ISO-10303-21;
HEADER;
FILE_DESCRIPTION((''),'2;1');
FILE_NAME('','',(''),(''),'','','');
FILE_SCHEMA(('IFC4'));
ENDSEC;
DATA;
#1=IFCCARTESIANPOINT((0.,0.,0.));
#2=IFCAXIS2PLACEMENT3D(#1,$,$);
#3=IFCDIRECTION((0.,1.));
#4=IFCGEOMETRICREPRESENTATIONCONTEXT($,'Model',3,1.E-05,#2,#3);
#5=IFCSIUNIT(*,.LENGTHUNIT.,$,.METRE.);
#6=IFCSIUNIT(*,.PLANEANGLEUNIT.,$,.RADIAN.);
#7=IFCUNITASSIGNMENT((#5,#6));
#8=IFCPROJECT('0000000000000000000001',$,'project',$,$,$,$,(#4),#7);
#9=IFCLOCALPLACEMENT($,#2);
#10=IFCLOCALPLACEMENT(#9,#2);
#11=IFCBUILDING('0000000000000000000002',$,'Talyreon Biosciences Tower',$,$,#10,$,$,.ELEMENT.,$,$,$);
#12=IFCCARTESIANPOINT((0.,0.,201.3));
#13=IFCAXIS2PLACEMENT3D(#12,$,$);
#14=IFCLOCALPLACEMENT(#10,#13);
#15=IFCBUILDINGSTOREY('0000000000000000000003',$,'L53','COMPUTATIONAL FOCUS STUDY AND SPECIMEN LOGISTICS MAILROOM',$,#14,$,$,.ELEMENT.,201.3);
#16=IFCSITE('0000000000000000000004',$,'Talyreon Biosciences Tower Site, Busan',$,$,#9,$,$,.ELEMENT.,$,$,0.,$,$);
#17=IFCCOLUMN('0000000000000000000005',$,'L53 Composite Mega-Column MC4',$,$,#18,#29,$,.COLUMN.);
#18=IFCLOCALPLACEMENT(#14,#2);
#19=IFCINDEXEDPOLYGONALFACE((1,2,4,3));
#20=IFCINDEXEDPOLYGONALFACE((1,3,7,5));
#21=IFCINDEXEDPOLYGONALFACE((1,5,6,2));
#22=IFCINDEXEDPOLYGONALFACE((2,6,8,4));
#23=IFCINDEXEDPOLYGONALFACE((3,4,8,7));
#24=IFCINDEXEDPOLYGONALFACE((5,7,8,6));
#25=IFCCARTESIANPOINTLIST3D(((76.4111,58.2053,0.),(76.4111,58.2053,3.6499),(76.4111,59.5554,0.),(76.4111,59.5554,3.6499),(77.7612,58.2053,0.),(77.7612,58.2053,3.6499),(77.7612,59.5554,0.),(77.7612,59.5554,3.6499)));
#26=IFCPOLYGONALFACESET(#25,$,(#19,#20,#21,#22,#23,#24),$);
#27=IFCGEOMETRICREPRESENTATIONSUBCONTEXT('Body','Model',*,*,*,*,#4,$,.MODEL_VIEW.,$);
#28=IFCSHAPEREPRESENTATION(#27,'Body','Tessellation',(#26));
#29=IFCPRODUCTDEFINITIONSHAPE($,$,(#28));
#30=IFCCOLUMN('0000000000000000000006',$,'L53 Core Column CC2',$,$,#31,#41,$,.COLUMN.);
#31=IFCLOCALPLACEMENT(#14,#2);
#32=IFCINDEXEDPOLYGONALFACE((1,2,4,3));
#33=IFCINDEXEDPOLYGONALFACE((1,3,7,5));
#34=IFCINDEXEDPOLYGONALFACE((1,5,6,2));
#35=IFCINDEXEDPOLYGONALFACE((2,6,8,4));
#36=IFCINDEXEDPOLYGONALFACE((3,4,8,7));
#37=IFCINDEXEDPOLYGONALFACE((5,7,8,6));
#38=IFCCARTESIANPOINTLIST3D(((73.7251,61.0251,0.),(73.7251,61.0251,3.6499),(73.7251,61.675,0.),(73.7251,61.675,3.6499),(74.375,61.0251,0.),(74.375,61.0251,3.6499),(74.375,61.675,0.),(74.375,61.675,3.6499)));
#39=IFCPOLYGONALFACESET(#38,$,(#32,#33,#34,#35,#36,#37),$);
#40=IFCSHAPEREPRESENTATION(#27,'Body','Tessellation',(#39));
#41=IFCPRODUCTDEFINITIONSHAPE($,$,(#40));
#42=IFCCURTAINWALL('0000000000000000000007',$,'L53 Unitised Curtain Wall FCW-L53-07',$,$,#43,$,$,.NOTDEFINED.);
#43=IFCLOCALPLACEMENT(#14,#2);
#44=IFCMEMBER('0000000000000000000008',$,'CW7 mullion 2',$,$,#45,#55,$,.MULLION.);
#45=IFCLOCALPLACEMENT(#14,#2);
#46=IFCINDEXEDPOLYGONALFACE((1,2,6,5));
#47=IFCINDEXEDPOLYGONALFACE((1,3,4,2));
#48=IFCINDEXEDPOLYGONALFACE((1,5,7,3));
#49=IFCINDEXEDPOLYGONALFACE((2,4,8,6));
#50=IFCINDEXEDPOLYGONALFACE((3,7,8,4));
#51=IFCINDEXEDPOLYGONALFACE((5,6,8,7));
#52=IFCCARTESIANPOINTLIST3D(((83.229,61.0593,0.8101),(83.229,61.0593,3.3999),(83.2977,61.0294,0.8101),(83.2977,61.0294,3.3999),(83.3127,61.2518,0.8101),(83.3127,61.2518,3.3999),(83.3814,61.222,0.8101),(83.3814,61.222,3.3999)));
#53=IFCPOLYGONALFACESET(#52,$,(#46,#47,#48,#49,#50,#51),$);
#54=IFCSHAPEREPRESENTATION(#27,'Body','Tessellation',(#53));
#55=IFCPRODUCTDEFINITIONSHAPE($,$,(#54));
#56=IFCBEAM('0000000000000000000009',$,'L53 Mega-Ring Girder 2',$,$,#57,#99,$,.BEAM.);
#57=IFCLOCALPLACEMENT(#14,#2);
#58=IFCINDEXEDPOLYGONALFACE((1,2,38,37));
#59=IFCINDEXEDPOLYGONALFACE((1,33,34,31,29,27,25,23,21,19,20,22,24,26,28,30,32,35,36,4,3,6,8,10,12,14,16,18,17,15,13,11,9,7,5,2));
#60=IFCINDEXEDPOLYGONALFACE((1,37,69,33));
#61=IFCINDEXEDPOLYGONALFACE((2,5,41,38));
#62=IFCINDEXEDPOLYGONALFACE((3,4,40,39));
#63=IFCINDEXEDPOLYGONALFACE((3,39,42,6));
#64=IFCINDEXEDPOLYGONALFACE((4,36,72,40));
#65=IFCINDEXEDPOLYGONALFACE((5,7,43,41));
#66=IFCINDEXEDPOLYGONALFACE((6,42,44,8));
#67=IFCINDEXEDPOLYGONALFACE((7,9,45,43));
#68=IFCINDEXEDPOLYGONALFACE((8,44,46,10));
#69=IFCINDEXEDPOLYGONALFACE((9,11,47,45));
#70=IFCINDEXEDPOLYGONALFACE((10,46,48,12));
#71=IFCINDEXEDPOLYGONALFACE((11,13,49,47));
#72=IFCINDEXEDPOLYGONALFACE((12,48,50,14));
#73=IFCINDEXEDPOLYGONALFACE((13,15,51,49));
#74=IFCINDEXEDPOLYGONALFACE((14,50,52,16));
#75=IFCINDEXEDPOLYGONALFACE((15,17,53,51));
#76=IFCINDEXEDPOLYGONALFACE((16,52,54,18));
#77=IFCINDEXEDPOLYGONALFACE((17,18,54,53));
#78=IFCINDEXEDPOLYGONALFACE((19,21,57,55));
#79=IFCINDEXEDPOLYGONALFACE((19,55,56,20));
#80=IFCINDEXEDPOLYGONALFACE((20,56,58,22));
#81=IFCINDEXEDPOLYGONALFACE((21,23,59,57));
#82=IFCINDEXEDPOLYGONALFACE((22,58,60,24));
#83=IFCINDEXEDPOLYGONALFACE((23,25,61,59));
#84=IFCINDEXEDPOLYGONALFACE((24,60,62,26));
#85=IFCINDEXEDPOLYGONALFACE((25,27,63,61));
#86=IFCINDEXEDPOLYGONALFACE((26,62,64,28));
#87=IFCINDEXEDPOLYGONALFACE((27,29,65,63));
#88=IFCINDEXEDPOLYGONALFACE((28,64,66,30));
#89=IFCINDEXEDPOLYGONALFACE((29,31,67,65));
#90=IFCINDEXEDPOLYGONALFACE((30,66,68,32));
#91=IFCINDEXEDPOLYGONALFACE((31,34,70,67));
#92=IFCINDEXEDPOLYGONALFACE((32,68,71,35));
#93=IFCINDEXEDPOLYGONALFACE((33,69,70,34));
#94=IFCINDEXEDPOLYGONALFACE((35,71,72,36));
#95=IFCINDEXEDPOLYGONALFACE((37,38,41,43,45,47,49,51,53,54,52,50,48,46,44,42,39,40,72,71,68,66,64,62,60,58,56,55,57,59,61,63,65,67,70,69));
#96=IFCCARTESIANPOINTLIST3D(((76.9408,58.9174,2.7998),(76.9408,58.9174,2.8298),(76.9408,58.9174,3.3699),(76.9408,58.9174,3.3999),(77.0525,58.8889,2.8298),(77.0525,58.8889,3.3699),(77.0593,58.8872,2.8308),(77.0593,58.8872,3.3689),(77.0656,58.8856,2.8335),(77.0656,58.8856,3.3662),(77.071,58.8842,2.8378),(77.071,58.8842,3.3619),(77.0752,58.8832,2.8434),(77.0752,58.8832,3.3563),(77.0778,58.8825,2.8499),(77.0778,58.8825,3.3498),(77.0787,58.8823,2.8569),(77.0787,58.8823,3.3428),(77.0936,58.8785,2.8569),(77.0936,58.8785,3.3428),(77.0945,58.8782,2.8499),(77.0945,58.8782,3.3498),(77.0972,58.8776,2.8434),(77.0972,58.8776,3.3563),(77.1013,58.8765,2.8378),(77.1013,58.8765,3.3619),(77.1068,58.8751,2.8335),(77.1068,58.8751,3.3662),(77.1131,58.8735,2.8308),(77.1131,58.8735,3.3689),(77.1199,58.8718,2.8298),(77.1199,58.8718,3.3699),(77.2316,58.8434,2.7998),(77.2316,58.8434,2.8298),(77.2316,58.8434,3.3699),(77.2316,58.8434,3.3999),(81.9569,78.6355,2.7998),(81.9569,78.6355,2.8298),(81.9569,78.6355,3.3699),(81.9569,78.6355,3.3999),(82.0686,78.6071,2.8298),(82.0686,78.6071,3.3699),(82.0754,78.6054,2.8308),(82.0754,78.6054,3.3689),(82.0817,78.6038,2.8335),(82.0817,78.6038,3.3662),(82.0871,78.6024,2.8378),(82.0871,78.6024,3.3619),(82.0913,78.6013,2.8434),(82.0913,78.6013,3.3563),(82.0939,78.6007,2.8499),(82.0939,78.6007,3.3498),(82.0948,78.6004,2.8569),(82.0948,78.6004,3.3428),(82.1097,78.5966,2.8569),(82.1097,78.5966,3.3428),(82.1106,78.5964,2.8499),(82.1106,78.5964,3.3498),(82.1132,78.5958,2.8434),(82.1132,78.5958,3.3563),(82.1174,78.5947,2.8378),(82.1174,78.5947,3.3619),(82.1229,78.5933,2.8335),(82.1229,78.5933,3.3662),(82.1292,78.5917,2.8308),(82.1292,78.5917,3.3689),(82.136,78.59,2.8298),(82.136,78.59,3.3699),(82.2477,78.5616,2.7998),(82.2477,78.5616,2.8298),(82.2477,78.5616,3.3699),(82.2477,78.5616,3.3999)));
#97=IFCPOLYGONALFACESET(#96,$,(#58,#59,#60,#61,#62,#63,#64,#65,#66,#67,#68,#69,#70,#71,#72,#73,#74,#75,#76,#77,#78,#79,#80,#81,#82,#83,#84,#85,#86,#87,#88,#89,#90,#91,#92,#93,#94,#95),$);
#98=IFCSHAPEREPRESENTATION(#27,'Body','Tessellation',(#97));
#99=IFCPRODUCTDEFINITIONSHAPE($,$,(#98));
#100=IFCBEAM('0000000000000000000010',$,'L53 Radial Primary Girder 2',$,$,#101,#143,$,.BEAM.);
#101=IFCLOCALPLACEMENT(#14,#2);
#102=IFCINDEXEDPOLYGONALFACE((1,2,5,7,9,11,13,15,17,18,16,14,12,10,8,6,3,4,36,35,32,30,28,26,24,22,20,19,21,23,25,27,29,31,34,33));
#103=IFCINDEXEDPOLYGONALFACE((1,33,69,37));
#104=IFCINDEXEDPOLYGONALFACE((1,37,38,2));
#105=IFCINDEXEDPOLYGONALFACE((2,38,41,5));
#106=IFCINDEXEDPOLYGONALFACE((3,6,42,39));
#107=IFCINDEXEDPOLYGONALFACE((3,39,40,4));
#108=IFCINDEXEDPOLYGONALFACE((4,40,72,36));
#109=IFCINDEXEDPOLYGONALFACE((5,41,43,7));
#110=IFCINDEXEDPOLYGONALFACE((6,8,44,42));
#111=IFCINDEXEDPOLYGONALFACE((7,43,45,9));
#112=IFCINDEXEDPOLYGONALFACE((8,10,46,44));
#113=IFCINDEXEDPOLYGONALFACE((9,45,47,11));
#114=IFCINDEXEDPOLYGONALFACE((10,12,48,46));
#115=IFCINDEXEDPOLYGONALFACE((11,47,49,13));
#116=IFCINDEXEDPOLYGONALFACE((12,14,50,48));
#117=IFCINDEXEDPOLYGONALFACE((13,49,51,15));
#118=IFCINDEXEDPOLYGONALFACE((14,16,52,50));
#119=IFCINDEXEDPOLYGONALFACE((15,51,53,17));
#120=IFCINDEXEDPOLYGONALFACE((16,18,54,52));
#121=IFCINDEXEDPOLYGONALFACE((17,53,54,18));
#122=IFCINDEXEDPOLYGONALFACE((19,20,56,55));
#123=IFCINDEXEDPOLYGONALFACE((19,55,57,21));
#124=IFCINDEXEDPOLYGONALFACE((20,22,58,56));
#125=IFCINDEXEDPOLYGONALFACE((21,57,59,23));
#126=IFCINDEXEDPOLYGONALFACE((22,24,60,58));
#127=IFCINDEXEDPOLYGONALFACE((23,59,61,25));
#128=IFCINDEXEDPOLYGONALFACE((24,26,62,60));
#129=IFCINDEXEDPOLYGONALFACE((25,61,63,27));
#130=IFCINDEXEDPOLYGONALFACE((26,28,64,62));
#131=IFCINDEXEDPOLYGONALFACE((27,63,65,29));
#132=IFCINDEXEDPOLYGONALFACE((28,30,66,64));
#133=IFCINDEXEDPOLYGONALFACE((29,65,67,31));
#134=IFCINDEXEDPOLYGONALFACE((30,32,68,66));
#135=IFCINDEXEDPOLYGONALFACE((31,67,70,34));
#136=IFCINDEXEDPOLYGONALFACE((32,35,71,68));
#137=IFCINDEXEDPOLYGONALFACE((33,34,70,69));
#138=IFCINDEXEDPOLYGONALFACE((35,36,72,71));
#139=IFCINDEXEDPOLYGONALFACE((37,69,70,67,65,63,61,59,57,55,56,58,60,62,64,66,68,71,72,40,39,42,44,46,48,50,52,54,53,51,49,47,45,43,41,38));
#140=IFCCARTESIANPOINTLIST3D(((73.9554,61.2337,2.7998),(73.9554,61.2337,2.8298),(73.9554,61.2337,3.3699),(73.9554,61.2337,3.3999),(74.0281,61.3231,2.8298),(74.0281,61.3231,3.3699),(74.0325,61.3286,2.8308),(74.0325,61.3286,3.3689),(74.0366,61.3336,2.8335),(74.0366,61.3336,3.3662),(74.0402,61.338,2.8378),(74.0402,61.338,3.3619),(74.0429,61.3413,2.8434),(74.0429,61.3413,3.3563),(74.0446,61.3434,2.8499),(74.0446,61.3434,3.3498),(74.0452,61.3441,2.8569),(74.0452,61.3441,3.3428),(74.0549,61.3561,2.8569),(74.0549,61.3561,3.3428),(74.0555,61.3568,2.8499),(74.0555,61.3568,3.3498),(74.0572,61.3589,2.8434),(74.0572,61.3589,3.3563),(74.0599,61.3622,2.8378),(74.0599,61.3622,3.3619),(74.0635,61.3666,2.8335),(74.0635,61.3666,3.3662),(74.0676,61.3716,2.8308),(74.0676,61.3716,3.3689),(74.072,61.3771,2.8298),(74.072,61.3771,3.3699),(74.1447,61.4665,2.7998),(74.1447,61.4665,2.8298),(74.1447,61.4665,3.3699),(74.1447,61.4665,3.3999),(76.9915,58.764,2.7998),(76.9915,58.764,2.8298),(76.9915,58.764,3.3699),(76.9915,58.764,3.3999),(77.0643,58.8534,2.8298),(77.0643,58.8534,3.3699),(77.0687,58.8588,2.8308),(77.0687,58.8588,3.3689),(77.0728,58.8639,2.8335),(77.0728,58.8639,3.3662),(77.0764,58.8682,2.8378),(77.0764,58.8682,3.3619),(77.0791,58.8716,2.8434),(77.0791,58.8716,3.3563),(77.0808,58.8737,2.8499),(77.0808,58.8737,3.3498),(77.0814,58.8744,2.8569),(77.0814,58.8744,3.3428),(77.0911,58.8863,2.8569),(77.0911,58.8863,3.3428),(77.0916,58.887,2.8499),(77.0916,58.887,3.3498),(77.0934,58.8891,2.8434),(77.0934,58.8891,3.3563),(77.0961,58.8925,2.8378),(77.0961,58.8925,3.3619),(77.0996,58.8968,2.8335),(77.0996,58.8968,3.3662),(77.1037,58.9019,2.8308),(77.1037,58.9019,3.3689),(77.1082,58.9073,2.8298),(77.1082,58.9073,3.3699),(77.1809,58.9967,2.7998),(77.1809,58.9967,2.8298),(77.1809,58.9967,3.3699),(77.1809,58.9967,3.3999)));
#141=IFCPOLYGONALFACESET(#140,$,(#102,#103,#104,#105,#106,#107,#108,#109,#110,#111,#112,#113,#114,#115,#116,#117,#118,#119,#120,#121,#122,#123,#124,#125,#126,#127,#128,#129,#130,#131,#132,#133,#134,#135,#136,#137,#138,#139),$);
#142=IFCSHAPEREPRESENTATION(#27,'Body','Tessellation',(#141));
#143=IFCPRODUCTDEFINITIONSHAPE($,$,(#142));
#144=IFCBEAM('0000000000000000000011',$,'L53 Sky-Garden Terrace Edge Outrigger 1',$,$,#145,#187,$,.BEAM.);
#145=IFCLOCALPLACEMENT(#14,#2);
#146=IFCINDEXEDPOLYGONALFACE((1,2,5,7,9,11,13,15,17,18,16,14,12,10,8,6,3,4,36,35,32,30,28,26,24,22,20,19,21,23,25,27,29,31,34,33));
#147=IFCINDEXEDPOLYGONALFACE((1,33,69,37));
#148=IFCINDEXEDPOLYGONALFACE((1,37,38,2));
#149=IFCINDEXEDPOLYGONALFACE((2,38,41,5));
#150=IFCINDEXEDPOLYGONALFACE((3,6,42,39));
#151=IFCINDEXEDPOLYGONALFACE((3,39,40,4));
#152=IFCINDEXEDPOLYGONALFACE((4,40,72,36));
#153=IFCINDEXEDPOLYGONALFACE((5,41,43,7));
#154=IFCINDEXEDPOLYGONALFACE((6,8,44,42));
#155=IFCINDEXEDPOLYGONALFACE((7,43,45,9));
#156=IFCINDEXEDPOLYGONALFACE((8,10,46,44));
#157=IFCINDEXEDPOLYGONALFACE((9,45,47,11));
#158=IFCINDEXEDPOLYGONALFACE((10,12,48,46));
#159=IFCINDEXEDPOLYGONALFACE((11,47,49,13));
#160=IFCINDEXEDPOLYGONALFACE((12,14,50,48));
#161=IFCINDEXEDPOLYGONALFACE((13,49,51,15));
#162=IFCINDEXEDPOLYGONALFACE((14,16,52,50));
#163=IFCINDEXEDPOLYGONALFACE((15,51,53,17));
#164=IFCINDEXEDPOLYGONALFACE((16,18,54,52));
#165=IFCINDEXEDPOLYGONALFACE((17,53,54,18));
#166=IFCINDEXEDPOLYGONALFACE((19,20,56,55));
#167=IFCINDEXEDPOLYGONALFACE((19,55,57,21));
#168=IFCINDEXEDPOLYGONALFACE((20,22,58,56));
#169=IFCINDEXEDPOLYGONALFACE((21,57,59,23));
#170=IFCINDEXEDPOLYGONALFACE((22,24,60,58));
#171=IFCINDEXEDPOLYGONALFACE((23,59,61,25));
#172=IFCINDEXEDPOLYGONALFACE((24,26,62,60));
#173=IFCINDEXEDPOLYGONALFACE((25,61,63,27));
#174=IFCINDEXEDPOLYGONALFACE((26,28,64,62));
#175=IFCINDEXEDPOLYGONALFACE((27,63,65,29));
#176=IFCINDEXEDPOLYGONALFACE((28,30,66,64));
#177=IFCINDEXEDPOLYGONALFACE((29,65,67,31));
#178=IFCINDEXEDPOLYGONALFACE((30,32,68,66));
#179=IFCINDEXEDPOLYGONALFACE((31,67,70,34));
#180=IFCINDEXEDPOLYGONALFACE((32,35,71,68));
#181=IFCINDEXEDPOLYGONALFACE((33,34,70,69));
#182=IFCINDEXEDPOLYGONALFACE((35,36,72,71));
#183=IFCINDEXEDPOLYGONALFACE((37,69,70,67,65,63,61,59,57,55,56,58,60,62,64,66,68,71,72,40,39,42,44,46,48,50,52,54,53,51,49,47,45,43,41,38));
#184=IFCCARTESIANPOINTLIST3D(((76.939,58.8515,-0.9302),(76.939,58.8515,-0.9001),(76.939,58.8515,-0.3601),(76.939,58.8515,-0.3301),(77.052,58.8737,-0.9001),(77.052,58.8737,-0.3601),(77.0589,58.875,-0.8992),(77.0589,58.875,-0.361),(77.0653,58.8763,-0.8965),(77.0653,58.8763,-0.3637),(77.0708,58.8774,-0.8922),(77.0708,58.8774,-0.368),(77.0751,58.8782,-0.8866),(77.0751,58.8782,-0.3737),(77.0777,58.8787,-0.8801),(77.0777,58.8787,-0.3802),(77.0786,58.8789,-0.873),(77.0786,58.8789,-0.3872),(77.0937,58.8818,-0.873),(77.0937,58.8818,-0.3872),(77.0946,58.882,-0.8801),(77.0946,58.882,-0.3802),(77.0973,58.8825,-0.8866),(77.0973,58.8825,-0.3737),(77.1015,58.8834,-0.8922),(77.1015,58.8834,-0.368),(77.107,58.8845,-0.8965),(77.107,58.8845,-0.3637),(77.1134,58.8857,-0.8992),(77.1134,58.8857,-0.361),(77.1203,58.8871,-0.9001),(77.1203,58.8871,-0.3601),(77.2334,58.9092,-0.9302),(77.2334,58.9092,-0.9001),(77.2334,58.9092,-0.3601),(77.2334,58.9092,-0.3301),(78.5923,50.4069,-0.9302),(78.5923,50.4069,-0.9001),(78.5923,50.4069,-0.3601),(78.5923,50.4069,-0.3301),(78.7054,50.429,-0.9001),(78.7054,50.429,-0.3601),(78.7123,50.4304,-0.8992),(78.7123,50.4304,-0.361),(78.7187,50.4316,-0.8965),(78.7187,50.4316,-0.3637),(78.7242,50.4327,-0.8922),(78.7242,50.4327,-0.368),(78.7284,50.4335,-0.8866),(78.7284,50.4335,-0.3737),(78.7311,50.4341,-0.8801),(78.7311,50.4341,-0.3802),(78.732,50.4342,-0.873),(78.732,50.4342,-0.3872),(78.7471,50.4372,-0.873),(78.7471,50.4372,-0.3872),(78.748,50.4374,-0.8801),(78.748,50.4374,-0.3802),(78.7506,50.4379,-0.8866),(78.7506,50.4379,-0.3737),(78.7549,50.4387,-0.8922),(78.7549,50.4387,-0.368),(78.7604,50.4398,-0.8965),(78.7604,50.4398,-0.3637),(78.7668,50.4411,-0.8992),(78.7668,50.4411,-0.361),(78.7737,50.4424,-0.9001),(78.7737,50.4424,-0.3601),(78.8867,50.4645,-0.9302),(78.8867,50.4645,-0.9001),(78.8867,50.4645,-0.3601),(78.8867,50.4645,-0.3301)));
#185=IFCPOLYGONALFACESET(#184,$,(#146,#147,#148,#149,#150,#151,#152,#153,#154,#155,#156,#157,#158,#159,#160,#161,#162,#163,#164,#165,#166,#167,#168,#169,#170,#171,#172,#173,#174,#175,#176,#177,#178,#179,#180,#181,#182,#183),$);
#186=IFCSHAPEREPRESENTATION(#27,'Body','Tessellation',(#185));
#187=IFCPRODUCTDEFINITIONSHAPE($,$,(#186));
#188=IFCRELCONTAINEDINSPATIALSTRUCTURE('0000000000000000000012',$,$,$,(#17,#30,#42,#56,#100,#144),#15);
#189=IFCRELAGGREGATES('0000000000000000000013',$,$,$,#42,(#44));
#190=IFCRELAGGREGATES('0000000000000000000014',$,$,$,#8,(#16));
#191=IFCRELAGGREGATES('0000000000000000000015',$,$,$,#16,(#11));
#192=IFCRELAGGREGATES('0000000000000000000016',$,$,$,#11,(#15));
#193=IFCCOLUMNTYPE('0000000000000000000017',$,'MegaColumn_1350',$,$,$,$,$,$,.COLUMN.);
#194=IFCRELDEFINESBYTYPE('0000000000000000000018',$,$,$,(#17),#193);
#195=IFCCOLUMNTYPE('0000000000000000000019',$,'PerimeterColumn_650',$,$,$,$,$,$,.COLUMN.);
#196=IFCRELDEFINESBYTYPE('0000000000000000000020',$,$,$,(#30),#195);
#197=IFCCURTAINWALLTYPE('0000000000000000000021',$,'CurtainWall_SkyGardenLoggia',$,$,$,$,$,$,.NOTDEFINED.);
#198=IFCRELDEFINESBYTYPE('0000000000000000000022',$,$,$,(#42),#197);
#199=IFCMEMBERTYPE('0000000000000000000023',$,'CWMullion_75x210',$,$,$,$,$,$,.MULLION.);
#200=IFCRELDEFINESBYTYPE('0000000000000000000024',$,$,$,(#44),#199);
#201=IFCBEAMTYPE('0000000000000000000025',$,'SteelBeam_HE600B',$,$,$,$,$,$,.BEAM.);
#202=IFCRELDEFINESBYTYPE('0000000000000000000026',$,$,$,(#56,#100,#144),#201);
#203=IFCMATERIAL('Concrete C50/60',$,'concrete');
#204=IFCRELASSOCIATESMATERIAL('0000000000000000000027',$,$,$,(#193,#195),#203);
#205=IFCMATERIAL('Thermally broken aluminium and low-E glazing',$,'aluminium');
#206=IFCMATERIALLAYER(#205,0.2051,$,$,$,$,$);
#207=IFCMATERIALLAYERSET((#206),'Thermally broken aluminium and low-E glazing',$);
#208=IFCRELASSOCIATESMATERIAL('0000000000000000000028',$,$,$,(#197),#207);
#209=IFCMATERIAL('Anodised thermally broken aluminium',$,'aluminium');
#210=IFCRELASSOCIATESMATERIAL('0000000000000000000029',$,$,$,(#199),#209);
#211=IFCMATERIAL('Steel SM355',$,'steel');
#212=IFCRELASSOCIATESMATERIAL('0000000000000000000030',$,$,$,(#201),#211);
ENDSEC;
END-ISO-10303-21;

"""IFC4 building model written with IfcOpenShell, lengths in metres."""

from ifc_helpers import new_model, si_unit, direction, frame, origin, origin_2d, place, context, subcontext, project, spatial, rectangle, i_section, extrude, material, layer, layer_set, material_profile, profile_set, type_object, element, aggregate, save


model = new_model("IFC4")

# Units and contexts
model_context = context("Model", 3, precision=1e-05, world=origin(), true_north=direction((0.0, 1.0)))
body_context = subcontext(model_context, "Body", "Model", "MODEL_VIEW")
ifc_project = project(units=[si_unit("LENGTHUNIT", "METRE"), si_unit("PLANEANGLEUNIT", "RADIAN")], contexts=[model_context])

# Site, building, storey
site_placement = place(None, origin())
site = spatial("IfcSite", under=ifc_project, at=site_placement, Name="Talyreon Biosciences Tower Site, Busan", CompositionType="ELEMENT", RefElevation=0.0)
building_placement = place(site_placement, origin())
building = spatial("IfcBuilding", under=site, at=building_placement, Name="Talyreon Biosciences Tower", CompositionType="ELEMENT")
storey_placement = place(building_placement, frame((0.0, 0.0, 201.3)))
storey = spatial("IfcBuildingStorey", under=building, at=storey_placement, Name="L53", Description="COMPUTATIONAL FOCUS STUDY AND SPECIMEN LOGISTICS MAILROOM", CompositionType="ELEMENT", Elevation=201.3)

# Columns
ifc_material_1 = material(Name="Concrete C50/60", Category="concrete")
ifc_material_profile_1 = material_profile(ifc_material_1, rectangle(XDim=1.3501, YDim=1.3501, at=origin_2d()), Name="RC 1350x1350")
ifc_profile_set_1 = profile_set([ifc_material_profile_1], Name="Concrete C50/60")
column_type_1 = type_object("IfcColumnType", Name="MegaColumn_1350", PredefinedType="COLUMN", material=ifc_profile_set_1)
column_1_placement = place(storey_placement, frame((77.0862, 58.8804, 0.0), z_axis=(0.0, 0.0, 1.0), x_axis=(1.0, 0.0, 0.0)))
element("IfcColumn", 1, at=column_1_placement, inside=storey, type_object=column_type_1, Name="L53 Composite Mega-Column MC4", PredefinedType="COLUMN", context=body_context, shape_type="SweptSolid", body=[
    extrude(rectangle(XDim=1.3501, YDim=1.3501, at=origin_2d()), origin(), (0.0, 0.0, 1.0), 3.6499),
])
ifc_material_profile_2 = material_profile(ifc_material_1, rectangle(XDim=0.6499, YDim=0.6499, at=origin_2d()), Name="RC 650x650")
ifc_profile_set_2 = profile_set([ifc_material_profile_2], Name="Concrete C50/60")
column_type_2 = type_object("IfcColumnType", Name="PerimeterColumn_650", PredefinedType="COLUMN", material=ifc_profile_set_2)
column_2_placement = place(storey_placement, frame((74.05, 61.3501, 0.0), z_axis=(0.0, 0.0, 1.0), x_axis=(1.0, 0.0, 0.0)))
element("IfcColumn", 2, at=column_2_placement, inside=storey, type_object=column_type_2, Name="L53 Core Column CC2", PredefinedType="COLUMN", context=body_context, shape_type="SweptSolid", body=[
    extrude(rectangle(XDim=0.6499, YDim=0.6499, at=origin_2d()), origin(), (0.0, 0.0, 1.0), 3.6499),
])

# Curtain wall, member
ifc_material_2 = material(Name="Thermally broken aluminium and low-E glazing", Category="aluminium")
ifc_layer_1 = layer(ifc_material_2, 0.2051)
ifc_layer_set_1 = layer_set([ifc_layer_1], Name="Thermally broken aluminium and low-E glazing")
curtain_wall_type = type_object("IfcCurtainWallType", Name="CurtainWall_SkyGardenLoggia", PredefinedType="NOTDEFINED", material=ifc_layer_set_1)
curtain_wall_placement = place(storey_placement, origin())
curtain_wall = element("IfcCurtainWall", 3, at=curtain_wall_placement, inside=storey, type_object=curtain_wall_type, Name="L53 Unitised Curtain Wall FCW-L53-07", PredefinedType="NOTDEFINED")
ifc_material_3 = material(Name="Anodised thermally broken aluminium", Category="aluminium")
ifc_material_profile_3 = material_profile(ifc_material_3, rectangle(XDim=0.075, YDim=0.21, at=origin_2d()), Name="ALUM MULLION 75x210")
ifc_profile_set_3 = profile_set([ifc_material_profile_3], Name="Anodised thermally broken aluminium")
member_type = type_object("IfcMemberType", Name="CWMullion_75x210", PredefinedType="MULLION", material=ifc_profile_set_3)
member_placement = place(storey_placement, frame((83.3052, 61.1406, 0.8101), z_axis=(0.0, 0.0, 1.0), x_axis=(0.917113, -0.398628, 0.0)))
member = element("IfcMember", 4, at=member_placement, type_object=member_type, Name="CW7 mullion 2", PredefinedType="MULLION", context=body_context, shape_type="SweptSolid", body=[
    extrude(rectangle(XDim=0.075, YDim=0.21, at=origin_2d()), origin(), (0.0, 0.0, 1.0), 2.5898),
])
aggregate(curtain_wall, [member])

# Beams
ifc_material_4 = material(Name="Steel SM355", Category="steel")
ifc_material_profile_4 = material_profile(ifc_material_4, i_section(OverallWidth=0.3, OverallDepth=0.6001, WebThickness=0.0154, FlangeThickness=0.03, FilletRadius=0.0271, at=origin_2d()), Name="HE600B")
ifc_profile_set_4 = profile_set([ifc_material_profile_4], Name="Steel SM355")
beam_type_1 = type_object("IfcBeamType", Name="SteelBeam_HE600B", PredefinedType="BEAM", material=ifc_profile_set_4)
beam_1_placement = place(storey_placement, frame((77.0862, 58.8804, 3.0999), z_axis=(0.246537, 0.969133, 0.0), x_axis=(-0.969133, 0.246537, 0.0)))
element("IfcBeam", 5, at=beam_1_placement, inside=storey, type_object=beam_type_1, Name="L53 Mega-Ring Girder 2", PredefinedType="BEAM", context=body_context, shape_type="SweptSolid", body=[
    extrude(i_section(OverallWidth=0.3, OverallDepth=0.6001, WebThickness=0.0154, FlangeThickness=0.03, FilletRadius=0.0271, at=origin_2d()), origin(), (0.0, 0.0, 1.0), 20.3462),
])
beam_2_placement = place(storey_placement, frame((74.05, 61.3501, 3.0999), z_axis=(0.775755, -0.631034, 0.0), x_axis=(0.631034, 0.775755, 0.0)))
element("IfcBeam", 6, at=beam_2_placement, inside=storey, type_object=beam_type_1, Name="L53 Radial Primary Girder 2", PredefinedType="BEAM", context=body_context, shape_type="SweptSolid", body=[
    extrude(i_section(OverallWidth=0.3, OverallDepth=0.6001, WebThickness=0.0154, FlangeThickness=0.03, FilletRadius=0.0271, at=origin_2d()), origin(), (0.0, 0.0, 1.0), 3.9138),
])
beam_3_placement = place(storey_placement, frame((77.0862, 58.8804, -0.6301), z_axis=(0.192137, -0.981368, 0.0), x_axis=(0.981368, 0.192137, 0.0)))
element("IfcBeam", 7, at=beam_3_placement, inside=storey, type_object=beam_type_1, Name="L53 Sky-Garden Terrace Edge Outrigger 1", PredefinedType="BEAM", context=body_context, shape_type="SweptSolid", body=[
    extrude(i_section(OverallWidth=0.3, OverallDepth=0.6001, WebThickness=0.0154, FlangeThickness=0.03, FilletRadius=0.0271, at=origin_2d()), origin(), (0.0, 0.0, 1.0), 8.605),
])

save(model, "model.ifc")
